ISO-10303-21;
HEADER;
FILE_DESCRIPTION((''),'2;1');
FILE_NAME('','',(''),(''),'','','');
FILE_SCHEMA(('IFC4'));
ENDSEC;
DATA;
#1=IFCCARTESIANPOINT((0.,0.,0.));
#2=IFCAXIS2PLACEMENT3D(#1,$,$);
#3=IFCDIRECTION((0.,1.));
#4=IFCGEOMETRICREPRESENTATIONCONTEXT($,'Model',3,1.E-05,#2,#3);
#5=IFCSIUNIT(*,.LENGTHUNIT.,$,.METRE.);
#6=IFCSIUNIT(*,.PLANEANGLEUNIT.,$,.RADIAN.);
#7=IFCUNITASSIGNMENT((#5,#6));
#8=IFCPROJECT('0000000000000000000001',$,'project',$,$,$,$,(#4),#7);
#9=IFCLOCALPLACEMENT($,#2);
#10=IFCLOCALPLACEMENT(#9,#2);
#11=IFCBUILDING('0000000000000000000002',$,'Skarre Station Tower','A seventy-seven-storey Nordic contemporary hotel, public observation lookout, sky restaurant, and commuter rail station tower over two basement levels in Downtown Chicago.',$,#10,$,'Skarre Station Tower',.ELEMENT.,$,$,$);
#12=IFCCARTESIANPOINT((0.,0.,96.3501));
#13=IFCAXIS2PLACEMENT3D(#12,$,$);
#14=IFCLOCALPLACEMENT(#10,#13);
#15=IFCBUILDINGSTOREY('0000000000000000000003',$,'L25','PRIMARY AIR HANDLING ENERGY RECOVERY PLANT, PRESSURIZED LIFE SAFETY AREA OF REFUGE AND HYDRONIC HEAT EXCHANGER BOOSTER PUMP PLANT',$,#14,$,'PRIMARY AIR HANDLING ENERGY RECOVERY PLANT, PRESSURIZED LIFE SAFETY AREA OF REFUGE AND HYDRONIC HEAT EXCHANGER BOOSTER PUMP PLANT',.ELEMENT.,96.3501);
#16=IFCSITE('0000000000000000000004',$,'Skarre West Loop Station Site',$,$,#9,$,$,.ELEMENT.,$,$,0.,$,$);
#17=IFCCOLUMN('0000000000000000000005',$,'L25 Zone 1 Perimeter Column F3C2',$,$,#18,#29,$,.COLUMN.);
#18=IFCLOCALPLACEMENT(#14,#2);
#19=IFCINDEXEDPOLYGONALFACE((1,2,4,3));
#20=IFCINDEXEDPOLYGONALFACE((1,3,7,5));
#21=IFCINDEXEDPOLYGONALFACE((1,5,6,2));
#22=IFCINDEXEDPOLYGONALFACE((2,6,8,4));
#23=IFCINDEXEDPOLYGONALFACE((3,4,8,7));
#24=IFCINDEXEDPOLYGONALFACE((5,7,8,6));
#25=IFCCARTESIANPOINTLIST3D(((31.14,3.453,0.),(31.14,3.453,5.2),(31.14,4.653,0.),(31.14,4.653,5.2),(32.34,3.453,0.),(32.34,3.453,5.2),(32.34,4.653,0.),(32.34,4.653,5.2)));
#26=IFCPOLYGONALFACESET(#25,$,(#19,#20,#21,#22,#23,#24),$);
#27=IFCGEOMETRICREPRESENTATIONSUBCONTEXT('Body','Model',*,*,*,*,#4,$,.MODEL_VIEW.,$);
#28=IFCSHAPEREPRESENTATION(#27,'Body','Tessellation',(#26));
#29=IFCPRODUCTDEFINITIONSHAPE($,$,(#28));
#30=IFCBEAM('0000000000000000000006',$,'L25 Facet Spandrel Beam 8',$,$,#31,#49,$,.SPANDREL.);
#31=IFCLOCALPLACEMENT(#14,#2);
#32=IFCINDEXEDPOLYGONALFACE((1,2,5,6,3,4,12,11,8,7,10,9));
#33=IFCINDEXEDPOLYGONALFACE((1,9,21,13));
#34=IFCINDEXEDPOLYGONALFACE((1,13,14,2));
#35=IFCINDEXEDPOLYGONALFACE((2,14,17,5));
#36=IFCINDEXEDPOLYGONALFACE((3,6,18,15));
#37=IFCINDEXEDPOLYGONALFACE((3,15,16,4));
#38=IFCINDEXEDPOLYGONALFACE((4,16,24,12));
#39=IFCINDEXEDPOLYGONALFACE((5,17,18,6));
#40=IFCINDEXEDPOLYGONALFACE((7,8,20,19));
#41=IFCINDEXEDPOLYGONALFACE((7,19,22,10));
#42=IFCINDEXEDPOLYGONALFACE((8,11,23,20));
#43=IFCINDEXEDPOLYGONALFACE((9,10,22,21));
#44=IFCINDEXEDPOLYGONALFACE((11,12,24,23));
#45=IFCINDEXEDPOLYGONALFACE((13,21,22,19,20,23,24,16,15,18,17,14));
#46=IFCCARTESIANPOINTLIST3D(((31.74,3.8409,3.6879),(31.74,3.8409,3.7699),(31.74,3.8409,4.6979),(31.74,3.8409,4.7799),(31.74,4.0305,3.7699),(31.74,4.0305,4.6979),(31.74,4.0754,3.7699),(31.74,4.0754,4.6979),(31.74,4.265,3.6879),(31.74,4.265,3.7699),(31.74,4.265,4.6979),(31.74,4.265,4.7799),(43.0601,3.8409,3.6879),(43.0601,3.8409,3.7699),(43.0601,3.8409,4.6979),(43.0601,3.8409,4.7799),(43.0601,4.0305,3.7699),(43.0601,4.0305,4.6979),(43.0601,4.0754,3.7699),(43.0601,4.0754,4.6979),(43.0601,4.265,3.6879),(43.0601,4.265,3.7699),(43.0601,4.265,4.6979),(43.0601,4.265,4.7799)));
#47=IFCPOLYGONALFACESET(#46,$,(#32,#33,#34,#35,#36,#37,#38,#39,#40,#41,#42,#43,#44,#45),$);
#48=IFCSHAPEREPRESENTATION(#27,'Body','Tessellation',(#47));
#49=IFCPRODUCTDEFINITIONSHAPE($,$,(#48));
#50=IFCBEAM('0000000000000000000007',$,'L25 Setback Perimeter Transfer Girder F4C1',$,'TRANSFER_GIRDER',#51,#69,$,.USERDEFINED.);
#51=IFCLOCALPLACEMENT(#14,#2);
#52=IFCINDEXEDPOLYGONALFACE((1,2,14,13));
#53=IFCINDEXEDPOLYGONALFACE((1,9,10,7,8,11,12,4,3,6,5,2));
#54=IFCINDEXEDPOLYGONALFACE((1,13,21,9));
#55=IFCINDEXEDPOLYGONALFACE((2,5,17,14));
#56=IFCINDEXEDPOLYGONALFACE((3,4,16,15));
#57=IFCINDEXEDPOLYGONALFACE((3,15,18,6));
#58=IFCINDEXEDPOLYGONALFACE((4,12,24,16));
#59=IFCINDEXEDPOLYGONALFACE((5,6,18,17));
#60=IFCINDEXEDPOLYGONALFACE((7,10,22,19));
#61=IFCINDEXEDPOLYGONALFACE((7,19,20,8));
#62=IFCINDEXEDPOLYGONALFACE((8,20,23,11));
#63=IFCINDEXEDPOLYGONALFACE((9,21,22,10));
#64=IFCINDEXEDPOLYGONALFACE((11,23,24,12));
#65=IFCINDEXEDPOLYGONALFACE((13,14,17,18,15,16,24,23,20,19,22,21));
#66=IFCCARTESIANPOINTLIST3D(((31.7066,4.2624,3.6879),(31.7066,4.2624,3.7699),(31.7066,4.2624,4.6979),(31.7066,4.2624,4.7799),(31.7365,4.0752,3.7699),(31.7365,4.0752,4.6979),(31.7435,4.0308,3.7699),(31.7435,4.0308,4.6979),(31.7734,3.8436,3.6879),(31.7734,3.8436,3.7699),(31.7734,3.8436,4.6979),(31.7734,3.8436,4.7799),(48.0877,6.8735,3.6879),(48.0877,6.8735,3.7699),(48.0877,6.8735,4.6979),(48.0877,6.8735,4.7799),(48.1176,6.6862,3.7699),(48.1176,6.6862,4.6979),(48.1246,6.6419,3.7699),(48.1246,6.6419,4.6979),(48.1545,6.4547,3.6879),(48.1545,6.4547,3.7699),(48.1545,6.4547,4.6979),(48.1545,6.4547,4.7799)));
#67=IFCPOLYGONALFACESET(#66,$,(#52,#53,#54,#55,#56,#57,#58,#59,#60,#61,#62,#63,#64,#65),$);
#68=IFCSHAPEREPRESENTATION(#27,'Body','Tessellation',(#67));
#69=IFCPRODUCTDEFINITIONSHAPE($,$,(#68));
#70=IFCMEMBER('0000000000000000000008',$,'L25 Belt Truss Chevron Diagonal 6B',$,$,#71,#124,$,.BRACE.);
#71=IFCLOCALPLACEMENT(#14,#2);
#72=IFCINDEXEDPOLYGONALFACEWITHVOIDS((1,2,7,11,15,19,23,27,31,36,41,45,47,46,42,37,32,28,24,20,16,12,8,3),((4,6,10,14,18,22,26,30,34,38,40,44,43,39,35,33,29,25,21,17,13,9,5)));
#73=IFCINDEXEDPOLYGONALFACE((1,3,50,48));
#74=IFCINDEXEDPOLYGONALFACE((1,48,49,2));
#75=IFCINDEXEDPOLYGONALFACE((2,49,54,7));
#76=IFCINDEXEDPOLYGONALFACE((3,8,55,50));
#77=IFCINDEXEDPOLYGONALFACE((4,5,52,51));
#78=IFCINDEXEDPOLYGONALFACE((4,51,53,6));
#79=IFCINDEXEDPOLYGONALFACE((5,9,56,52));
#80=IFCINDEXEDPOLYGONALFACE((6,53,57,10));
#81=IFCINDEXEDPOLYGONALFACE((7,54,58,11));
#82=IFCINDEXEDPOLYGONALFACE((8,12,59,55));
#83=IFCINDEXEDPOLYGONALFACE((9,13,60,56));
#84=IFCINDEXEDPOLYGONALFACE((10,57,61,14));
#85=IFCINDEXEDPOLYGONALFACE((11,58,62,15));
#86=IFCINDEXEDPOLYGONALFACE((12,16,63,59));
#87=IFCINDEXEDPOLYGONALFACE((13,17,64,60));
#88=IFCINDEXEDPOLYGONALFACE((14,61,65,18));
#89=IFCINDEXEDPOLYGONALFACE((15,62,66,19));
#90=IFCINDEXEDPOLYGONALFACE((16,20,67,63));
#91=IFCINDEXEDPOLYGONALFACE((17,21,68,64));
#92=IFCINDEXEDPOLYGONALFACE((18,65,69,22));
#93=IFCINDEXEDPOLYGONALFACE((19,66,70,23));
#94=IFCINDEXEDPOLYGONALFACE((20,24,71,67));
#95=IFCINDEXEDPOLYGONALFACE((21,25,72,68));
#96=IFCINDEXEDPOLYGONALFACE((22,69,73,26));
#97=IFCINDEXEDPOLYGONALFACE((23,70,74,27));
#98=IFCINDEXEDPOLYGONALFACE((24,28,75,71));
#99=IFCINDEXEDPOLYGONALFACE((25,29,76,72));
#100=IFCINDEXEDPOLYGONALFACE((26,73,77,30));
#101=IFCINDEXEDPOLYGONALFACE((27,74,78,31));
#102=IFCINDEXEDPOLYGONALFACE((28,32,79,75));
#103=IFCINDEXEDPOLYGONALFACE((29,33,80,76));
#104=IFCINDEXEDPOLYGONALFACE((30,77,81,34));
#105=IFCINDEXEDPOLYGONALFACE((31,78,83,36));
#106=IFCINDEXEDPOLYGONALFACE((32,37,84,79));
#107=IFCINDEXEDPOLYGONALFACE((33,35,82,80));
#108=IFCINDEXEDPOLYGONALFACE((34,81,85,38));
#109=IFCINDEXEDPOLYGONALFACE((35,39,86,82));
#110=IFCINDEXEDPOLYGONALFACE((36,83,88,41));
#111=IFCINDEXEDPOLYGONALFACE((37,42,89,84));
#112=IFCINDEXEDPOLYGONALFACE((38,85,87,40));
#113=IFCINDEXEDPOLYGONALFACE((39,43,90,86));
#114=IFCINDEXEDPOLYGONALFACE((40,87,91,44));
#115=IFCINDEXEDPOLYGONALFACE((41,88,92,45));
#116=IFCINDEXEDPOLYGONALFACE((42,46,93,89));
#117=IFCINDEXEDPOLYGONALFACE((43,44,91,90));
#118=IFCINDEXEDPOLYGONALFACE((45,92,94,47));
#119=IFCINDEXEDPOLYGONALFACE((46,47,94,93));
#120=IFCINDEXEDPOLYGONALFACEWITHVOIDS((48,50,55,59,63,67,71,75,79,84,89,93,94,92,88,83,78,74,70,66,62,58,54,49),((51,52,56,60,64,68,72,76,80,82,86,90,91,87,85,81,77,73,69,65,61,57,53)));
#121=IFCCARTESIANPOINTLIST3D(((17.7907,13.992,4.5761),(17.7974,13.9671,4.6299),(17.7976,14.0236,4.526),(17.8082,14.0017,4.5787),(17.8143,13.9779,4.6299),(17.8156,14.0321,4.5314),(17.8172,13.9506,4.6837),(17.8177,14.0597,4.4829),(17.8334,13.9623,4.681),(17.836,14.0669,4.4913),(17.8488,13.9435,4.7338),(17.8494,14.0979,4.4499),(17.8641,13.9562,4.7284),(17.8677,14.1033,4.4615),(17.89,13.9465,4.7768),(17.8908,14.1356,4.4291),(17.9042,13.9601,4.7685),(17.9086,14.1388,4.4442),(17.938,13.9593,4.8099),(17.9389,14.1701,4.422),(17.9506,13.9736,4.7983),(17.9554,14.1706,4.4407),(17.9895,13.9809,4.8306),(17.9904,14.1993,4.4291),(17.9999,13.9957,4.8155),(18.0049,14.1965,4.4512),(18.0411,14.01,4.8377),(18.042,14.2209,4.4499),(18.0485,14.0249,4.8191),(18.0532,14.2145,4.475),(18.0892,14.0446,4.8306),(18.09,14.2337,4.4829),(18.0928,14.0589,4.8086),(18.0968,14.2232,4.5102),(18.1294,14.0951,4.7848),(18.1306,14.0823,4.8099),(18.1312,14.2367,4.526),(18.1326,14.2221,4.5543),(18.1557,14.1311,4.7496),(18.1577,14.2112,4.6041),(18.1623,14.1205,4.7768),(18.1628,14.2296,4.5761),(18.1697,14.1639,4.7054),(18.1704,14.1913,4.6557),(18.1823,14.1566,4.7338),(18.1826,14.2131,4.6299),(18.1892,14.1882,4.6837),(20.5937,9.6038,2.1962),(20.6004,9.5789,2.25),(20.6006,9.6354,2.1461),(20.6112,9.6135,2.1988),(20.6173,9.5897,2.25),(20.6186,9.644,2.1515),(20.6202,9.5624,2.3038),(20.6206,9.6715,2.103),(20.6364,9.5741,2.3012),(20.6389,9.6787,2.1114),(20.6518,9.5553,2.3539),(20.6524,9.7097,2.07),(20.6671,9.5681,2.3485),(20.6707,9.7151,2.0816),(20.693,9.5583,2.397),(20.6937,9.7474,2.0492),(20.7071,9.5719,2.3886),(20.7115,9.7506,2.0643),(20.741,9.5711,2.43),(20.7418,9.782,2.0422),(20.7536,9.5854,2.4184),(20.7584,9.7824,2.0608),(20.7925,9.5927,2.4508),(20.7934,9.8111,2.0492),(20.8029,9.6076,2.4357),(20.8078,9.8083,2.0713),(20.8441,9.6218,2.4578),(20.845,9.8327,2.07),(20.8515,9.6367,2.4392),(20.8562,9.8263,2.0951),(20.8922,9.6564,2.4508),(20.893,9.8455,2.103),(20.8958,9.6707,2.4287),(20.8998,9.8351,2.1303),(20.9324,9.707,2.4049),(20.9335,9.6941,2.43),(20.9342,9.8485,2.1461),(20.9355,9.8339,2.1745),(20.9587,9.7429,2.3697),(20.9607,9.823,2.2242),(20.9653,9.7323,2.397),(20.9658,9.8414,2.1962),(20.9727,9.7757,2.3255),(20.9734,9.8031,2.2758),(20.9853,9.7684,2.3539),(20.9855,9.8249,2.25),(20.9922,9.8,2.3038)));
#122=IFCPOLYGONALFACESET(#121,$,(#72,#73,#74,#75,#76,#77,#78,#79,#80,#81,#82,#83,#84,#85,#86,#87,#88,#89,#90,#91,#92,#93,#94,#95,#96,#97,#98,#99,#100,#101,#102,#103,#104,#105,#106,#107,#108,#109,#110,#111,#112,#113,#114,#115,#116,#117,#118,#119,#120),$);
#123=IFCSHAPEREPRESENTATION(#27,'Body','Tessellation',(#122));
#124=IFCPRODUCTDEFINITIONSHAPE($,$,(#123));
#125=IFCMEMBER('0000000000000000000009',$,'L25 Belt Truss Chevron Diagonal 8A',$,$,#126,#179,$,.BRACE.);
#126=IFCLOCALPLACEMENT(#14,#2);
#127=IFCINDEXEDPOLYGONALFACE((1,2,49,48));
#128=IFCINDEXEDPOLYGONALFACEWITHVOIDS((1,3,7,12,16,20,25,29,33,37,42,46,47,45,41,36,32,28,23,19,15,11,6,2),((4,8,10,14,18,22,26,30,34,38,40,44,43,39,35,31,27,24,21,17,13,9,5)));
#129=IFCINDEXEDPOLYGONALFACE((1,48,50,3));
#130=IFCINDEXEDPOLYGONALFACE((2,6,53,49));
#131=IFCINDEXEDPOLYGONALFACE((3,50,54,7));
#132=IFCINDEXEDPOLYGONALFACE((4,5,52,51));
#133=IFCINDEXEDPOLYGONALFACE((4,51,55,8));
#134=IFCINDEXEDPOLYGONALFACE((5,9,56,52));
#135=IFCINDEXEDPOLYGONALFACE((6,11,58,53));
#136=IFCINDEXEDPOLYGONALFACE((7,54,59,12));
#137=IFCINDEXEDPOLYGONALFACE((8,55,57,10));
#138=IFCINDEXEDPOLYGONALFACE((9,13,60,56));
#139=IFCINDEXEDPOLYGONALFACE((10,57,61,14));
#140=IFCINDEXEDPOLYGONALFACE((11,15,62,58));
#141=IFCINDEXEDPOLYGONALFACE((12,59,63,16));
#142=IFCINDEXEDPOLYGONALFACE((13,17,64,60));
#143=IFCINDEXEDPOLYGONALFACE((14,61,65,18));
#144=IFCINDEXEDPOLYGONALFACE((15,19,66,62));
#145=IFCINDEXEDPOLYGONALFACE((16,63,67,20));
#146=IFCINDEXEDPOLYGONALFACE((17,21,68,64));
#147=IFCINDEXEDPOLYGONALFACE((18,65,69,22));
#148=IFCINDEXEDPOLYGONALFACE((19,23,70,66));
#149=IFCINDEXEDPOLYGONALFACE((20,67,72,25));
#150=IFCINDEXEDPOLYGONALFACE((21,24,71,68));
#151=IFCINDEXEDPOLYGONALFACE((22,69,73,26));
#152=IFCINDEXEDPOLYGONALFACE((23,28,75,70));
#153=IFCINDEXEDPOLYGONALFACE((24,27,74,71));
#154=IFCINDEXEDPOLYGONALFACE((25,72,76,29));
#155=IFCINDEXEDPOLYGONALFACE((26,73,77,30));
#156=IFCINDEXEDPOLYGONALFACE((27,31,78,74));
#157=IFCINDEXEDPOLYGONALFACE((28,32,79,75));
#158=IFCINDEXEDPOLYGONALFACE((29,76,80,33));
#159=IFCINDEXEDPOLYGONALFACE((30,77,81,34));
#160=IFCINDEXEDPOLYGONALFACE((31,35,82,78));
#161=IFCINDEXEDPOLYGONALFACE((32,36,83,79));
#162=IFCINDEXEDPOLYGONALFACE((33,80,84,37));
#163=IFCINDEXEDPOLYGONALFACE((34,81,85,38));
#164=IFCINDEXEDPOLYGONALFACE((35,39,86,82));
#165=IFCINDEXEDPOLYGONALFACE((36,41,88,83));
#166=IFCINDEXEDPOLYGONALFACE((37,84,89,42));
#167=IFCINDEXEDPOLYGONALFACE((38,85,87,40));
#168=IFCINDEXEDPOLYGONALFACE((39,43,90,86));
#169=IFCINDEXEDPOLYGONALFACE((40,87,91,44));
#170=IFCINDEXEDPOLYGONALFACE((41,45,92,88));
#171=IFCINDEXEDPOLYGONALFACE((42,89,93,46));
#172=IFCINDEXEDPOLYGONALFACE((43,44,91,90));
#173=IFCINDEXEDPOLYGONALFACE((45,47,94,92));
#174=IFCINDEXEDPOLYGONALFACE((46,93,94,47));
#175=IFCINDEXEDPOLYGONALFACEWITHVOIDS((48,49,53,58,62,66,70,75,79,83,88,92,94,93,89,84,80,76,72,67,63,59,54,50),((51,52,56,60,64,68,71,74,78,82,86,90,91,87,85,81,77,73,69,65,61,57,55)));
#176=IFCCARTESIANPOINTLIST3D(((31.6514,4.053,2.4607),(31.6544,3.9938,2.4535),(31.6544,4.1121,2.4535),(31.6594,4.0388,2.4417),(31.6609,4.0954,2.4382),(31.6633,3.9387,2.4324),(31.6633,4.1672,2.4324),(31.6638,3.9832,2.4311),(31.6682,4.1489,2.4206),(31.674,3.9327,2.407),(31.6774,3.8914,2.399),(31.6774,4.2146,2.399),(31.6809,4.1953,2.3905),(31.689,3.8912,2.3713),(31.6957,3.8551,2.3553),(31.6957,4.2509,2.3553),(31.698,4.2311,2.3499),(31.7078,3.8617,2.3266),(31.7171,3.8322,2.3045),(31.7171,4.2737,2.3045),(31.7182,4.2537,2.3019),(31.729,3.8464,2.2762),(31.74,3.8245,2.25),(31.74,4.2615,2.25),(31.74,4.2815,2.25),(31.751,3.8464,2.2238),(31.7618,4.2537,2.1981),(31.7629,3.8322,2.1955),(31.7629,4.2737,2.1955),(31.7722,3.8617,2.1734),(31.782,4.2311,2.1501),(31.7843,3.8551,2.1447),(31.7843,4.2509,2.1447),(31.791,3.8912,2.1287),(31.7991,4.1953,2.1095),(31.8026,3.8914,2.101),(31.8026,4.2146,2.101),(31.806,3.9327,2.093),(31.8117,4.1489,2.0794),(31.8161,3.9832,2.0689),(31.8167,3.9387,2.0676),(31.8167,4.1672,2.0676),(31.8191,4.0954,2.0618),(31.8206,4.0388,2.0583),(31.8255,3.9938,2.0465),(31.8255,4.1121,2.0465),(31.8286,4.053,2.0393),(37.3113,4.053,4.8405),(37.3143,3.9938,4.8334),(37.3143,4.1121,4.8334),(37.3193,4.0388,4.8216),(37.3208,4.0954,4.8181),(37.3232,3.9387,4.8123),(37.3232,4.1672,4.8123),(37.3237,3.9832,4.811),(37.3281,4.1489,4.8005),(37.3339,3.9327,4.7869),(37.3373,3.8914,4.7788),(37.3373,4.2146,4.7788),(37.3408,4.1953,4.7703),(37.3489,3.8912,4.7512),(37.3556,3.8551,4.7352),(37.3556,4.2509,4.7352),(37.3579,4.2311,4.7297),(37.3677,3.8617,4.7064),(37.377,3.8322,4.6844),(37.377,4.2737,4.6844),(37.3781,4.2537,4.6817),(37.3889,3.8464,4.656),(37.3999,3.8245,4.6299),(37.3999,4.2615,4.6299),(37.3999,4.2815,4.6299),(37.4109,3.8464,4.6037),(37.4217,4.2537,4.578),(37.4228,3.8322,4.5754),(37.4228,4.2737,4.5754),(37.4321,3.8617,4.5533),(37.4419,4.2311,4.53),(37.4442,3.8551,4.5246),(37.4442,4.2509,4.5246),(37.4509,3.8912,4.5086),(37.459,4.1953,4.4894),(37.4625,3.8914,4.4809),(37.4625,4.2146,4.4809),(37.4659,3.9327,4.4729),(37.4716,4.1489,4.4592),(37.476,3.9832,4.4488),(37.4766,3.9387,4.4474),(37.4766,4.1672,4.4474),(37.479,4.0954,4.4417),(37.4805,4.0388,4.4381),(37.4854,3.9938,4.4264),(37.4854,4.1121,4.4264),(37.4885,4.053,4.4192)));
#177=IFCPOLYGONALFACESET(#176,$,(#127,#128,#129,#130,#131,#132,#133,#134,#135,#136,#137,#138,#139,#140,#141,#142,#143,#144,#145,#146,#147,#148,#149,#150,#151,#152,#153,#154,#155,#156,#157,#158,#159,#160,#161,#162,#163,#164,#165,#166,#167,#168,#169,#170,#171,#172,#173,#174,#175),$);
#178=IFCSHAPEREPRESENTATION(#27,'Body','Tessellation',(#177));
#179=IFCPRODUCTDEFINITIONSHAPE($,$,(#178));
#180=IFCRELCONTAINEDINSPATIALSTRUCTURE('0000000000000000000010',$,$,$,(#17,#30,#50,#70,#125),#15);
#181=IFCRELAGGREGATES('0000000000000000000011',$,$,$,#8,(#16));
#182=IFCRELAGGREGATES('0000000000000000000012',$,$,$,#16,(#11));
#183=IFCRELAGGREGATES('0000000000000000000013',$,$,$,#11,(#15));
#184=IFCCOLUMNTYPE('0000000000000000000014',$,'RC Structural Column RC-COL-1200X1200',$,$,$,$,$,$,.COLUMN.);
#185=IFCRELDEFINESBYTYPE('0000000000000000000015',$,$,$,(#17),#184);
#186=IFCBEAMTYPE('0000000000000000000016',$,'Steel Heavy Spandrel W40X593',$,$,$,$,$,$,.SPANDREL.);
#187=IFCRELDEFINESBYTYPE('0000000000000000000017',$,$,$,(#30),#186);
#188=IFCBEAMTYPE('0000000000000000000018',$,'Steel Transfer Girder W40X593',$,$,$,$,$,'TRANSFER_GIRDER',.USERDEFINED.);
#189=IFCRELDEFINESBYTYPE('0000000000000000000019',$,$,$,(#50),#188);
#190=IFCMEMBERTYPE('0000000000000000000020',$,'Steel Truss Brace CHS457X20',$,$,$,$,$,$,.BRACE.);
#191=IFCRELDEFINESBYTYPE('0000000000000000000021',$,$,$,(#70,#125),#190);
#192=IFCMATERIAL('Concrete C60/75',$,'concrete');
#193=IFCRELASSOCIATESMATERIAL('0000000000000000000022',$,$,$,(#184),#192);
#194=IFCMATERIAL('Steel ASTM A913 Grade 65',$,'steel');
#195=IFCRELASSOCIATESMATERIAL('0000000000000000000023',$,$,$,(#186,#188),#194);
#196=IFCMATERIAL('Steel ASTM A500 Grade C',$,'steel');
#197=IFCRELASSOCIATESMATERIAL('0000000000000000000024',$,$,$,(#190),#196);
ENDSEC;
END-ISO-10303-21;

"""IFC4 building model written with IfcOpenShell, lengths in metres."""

from ifc_helpers import new_model, si_unit, direction, frame, origin, origin_2d, place, context, subcontext, project, spatial, rectangle, hollow_circle, i_section, extrude, material, material_profile, profile_set, type_object, element, save


model = new_model("IFC4")

# Units and contexts
model_context = context("Model", 3, precision=1e-05, world=origin(), true_north=direction((0.0, 1.0)))
body_context = subcontext(model_context, "Body", "Model", "MODEL_VIEW")
ifc_project = project(units=[si_unit("LENGTHUNIT", "METRE"), si_unit("PLANEANGLEUNIT", "RADIAN")], contexts=[model_context])

# Site, building, storey
site_placement = place(None, origin())
site = spatial("IfcSite", under=ifc_project, at=site_placement, Name="Skarre West Loop Station Site", CompositionType="ELEMENT", RefElevation=0.0)
building_placement = place(site_placement, origin())
building = spatial("IfcBuilding", under=site, at=building_placement, Name="Skarre Station Tower", Description="A seventy-seven-storey Nordic contemporary hotel, public observation lookout, sky restaurant, and commuter rail station tower over two basement levels in Downtown Chicago.", LongName="Skarre Station Tower", CompositionType="ELEMENT")
storey_placement = place(building_placement, frame((0.0, 0.0, 96.3501)))
storey = spatial("IfcBuildingStorey", under=building, at=storey_placement, Name="L25", Description="PRIMARY AIR HANDLING ENERGY RECOVERY PLANT, PRESSURIZED LIFE SAFETY AREA OF REFUGE AND HYDRONIC HEAT EXCHANGER BOOSTER PUMP PLANT", LongName="PRIMARY AIR HANDLING ENERGY RECOVERY PLANT, PRESSURIZED LIFE SAFETY AREA OF REFUGE AND HYDRONIC HEAT EXCHANGER BOOSTER PUMP PLANT", CompositionType="ELEMENT", Elevation=96.3501)

# Column
ifc_material_1 = material(Name="Concrete C60/75", Category="concrete")
ifc_material_profile_1 = material_profile(ifc_material_1, rectangle(XDim=1.2, YDim=1.2, at=origin_2d()), Name="Concrete C60/75")
ifc_profile_set_1 = profile_set([ifc_material_profile_1], Name="Concrete C60/75")
column_type = type_object("IfcColumnType", Name="RC Structural Column RC-COL-1200X1200", PredefinedType="COLUMN", material=ifc_profile_set_1)
column_placement = place(storey_placement, frame((31.74, 4.053, 0.0), z_axis=(0.0, 0.0, 1.0), x_axis=(1.0, 0.0, 0.0)))
element("IfcColumn", 1, at=column_placement, inside=storey, type_object=column_type, Name="L25 Zone 1 Perimeter Column F3C2", PredefinedType="COLUMN", context=body_context, shape_type="SweptSolid", body=[
    extrude(rectangle(XDim=1.2, YDim=1.2, at=origin_2d()), origin(), (0.0, 0.0, 1.0), 5.2),
])

# Beams
ifc_material_2 = material(Name="Steel ASTM A913 Grade 65", Category="steel")
ifc_material_profile_2 = material_profile(ifc_material_2, i_section(OverallWidth=0.4241, OverallDepth=1.092, WebThickness=0.0449, FlangeThickness=0.082, at=origin_2d()), Name="Steel ASTM A913 Grade 65")
ifc_profile_set_2 = profile_set([ifc_material_profile_2], Name="Steel ASTM A913 Grade 65")
beam_type_1 = type_object("IfcBeamType", Name="Steel Heavy Spandrel W40X593", PredefinedType="SPANDREL", material=ifc_profile_set_2)
beam_1_placement = place(storey_placement, frame((31.74, 4.053, 4.2339), z_axis=(1.0, 0.0, 0.0), x_axis=(0.0, 1.0, 0.0)))
element("IfcBeam", 2, at=beam_1_placement, inside=storey, type_object=beam_type_1, Name="L25 Facet Spandrel Beam 8", PredefinedType="SPANDREL", context=body_context, shape_type="SweptSolid", body=[
    extrude(i_section(OverallWidth=0.4241, OverallDepth=1.092, WebThickness=0.0449, FlangeThickness=0.082, at=origin_2d()), origin(), (0.0, 0.0, 1.0), 11.3201),
])
ifc_material_profile_3 = material_profile(ifc_material_2, i_section(OverallWidth=0.4241, OverallDepth=1.092, WebThickness=0.0449, FlangeThickness=0.082, at=origin_2d()), Name="Steel ASTM A913 Grade 65")
ifc_profile_set_3 = profile_set([ifc_material_profile_3], Name="Steel ASTM A913 Grade 65")
beam_type_2 = type_object("IfcBeamType", Name="Steel Transfer Girder W40X593", ElementType="TRANSFER_GIRDER", PredefinedType="USERDEFINED", material=ifc_profile_set_3)
beam_2_placement = place(storey_placement, frame((31.74, 4.053, 4.2339), z_axis=(0.987533, 0.157409, 0.0), x_axis=(-0.157409, 0.987533, 0.0)))
element("IfcBeam", 3, at=beam_2_placement, inside=storey, type_object=beam_type_2, Name="L25 Setback Perimeter Transfer Girder F4C1", ObjectType="TRANSFER_GIRDER", PredefinedType="USERDEFINED", context=body_context, shape_type="SweptSolid", body=[
    extrude(i_section(OverallWidth=0.4241, OverallDepth=1.092, WebThickness=0.0449, FlangeThickness=0.082, at=origin_2d()), origin(), (0.0, 0.0, 1.0), 16.5879),
])

# Members
ifc_material_3 = material(Name="Steel ASTM A500 Grade C", Category="steel")
ifc_material_profile_4 = material_profile(ifc_material_3, hollow_circle(Radius=0.2285, WallThickness=0.02, at=origin_2d()), Name="Steel ASTM A500 Grade C")
ifc_profile_set_4 = profile_set([ifc_material_profile_4], Name="Steel ASTM A500 Grade C")
member_type_1 = type_object("IfcMemberType", Name="Steel Truss Brace CHS457X20", PredefinedType="BRACE", material=ifc_profile_set_4)
member_1_placement = place(storey_placement, frame((20.793, 9.7019, 2.25), z_axis=(-0.489595, 0.766483, 0.415693), x_axis=(-0.842747, -0.53831, 0.0)))
element("IfcMember", 4, at=member_1_placement, inside=storey, type_object=member_type_1, Name="L25 Belt Truss Chevron Diagonal 6B", PredefinedType="BRACE", context=body_context, shape_type="SweptSolid", body=[
    extrude(hollow_circle(Radius=0.2285, WallThickness=0.02, at=origin_2d()), origin(), (0.0, 0.0, 1.0), 5.7251),
])
member_2_placement = place(storey_placement, frame((31.74, 4.053, 2.25), z_axis=(0.921824, 0.0, 0.387609), x_axis=(0.0, 1.0, 0.0)))
element("IfcMember", 5, at=member_2_placement, inside=storey, type_object=member_type_1, Name="L25 Belt Truss Chevron Diagonal 8A", PredefinedType="BRACE", context=body_context, shape_type="SweptSolid", body=[
    extrude(hollow_circle(Radius=0.2285, WallThickness=0.02, at=origin_2d()), origin(), (0.0, 0.0, 1.0), 6.1399),
])

save(model, "model.ifc")
